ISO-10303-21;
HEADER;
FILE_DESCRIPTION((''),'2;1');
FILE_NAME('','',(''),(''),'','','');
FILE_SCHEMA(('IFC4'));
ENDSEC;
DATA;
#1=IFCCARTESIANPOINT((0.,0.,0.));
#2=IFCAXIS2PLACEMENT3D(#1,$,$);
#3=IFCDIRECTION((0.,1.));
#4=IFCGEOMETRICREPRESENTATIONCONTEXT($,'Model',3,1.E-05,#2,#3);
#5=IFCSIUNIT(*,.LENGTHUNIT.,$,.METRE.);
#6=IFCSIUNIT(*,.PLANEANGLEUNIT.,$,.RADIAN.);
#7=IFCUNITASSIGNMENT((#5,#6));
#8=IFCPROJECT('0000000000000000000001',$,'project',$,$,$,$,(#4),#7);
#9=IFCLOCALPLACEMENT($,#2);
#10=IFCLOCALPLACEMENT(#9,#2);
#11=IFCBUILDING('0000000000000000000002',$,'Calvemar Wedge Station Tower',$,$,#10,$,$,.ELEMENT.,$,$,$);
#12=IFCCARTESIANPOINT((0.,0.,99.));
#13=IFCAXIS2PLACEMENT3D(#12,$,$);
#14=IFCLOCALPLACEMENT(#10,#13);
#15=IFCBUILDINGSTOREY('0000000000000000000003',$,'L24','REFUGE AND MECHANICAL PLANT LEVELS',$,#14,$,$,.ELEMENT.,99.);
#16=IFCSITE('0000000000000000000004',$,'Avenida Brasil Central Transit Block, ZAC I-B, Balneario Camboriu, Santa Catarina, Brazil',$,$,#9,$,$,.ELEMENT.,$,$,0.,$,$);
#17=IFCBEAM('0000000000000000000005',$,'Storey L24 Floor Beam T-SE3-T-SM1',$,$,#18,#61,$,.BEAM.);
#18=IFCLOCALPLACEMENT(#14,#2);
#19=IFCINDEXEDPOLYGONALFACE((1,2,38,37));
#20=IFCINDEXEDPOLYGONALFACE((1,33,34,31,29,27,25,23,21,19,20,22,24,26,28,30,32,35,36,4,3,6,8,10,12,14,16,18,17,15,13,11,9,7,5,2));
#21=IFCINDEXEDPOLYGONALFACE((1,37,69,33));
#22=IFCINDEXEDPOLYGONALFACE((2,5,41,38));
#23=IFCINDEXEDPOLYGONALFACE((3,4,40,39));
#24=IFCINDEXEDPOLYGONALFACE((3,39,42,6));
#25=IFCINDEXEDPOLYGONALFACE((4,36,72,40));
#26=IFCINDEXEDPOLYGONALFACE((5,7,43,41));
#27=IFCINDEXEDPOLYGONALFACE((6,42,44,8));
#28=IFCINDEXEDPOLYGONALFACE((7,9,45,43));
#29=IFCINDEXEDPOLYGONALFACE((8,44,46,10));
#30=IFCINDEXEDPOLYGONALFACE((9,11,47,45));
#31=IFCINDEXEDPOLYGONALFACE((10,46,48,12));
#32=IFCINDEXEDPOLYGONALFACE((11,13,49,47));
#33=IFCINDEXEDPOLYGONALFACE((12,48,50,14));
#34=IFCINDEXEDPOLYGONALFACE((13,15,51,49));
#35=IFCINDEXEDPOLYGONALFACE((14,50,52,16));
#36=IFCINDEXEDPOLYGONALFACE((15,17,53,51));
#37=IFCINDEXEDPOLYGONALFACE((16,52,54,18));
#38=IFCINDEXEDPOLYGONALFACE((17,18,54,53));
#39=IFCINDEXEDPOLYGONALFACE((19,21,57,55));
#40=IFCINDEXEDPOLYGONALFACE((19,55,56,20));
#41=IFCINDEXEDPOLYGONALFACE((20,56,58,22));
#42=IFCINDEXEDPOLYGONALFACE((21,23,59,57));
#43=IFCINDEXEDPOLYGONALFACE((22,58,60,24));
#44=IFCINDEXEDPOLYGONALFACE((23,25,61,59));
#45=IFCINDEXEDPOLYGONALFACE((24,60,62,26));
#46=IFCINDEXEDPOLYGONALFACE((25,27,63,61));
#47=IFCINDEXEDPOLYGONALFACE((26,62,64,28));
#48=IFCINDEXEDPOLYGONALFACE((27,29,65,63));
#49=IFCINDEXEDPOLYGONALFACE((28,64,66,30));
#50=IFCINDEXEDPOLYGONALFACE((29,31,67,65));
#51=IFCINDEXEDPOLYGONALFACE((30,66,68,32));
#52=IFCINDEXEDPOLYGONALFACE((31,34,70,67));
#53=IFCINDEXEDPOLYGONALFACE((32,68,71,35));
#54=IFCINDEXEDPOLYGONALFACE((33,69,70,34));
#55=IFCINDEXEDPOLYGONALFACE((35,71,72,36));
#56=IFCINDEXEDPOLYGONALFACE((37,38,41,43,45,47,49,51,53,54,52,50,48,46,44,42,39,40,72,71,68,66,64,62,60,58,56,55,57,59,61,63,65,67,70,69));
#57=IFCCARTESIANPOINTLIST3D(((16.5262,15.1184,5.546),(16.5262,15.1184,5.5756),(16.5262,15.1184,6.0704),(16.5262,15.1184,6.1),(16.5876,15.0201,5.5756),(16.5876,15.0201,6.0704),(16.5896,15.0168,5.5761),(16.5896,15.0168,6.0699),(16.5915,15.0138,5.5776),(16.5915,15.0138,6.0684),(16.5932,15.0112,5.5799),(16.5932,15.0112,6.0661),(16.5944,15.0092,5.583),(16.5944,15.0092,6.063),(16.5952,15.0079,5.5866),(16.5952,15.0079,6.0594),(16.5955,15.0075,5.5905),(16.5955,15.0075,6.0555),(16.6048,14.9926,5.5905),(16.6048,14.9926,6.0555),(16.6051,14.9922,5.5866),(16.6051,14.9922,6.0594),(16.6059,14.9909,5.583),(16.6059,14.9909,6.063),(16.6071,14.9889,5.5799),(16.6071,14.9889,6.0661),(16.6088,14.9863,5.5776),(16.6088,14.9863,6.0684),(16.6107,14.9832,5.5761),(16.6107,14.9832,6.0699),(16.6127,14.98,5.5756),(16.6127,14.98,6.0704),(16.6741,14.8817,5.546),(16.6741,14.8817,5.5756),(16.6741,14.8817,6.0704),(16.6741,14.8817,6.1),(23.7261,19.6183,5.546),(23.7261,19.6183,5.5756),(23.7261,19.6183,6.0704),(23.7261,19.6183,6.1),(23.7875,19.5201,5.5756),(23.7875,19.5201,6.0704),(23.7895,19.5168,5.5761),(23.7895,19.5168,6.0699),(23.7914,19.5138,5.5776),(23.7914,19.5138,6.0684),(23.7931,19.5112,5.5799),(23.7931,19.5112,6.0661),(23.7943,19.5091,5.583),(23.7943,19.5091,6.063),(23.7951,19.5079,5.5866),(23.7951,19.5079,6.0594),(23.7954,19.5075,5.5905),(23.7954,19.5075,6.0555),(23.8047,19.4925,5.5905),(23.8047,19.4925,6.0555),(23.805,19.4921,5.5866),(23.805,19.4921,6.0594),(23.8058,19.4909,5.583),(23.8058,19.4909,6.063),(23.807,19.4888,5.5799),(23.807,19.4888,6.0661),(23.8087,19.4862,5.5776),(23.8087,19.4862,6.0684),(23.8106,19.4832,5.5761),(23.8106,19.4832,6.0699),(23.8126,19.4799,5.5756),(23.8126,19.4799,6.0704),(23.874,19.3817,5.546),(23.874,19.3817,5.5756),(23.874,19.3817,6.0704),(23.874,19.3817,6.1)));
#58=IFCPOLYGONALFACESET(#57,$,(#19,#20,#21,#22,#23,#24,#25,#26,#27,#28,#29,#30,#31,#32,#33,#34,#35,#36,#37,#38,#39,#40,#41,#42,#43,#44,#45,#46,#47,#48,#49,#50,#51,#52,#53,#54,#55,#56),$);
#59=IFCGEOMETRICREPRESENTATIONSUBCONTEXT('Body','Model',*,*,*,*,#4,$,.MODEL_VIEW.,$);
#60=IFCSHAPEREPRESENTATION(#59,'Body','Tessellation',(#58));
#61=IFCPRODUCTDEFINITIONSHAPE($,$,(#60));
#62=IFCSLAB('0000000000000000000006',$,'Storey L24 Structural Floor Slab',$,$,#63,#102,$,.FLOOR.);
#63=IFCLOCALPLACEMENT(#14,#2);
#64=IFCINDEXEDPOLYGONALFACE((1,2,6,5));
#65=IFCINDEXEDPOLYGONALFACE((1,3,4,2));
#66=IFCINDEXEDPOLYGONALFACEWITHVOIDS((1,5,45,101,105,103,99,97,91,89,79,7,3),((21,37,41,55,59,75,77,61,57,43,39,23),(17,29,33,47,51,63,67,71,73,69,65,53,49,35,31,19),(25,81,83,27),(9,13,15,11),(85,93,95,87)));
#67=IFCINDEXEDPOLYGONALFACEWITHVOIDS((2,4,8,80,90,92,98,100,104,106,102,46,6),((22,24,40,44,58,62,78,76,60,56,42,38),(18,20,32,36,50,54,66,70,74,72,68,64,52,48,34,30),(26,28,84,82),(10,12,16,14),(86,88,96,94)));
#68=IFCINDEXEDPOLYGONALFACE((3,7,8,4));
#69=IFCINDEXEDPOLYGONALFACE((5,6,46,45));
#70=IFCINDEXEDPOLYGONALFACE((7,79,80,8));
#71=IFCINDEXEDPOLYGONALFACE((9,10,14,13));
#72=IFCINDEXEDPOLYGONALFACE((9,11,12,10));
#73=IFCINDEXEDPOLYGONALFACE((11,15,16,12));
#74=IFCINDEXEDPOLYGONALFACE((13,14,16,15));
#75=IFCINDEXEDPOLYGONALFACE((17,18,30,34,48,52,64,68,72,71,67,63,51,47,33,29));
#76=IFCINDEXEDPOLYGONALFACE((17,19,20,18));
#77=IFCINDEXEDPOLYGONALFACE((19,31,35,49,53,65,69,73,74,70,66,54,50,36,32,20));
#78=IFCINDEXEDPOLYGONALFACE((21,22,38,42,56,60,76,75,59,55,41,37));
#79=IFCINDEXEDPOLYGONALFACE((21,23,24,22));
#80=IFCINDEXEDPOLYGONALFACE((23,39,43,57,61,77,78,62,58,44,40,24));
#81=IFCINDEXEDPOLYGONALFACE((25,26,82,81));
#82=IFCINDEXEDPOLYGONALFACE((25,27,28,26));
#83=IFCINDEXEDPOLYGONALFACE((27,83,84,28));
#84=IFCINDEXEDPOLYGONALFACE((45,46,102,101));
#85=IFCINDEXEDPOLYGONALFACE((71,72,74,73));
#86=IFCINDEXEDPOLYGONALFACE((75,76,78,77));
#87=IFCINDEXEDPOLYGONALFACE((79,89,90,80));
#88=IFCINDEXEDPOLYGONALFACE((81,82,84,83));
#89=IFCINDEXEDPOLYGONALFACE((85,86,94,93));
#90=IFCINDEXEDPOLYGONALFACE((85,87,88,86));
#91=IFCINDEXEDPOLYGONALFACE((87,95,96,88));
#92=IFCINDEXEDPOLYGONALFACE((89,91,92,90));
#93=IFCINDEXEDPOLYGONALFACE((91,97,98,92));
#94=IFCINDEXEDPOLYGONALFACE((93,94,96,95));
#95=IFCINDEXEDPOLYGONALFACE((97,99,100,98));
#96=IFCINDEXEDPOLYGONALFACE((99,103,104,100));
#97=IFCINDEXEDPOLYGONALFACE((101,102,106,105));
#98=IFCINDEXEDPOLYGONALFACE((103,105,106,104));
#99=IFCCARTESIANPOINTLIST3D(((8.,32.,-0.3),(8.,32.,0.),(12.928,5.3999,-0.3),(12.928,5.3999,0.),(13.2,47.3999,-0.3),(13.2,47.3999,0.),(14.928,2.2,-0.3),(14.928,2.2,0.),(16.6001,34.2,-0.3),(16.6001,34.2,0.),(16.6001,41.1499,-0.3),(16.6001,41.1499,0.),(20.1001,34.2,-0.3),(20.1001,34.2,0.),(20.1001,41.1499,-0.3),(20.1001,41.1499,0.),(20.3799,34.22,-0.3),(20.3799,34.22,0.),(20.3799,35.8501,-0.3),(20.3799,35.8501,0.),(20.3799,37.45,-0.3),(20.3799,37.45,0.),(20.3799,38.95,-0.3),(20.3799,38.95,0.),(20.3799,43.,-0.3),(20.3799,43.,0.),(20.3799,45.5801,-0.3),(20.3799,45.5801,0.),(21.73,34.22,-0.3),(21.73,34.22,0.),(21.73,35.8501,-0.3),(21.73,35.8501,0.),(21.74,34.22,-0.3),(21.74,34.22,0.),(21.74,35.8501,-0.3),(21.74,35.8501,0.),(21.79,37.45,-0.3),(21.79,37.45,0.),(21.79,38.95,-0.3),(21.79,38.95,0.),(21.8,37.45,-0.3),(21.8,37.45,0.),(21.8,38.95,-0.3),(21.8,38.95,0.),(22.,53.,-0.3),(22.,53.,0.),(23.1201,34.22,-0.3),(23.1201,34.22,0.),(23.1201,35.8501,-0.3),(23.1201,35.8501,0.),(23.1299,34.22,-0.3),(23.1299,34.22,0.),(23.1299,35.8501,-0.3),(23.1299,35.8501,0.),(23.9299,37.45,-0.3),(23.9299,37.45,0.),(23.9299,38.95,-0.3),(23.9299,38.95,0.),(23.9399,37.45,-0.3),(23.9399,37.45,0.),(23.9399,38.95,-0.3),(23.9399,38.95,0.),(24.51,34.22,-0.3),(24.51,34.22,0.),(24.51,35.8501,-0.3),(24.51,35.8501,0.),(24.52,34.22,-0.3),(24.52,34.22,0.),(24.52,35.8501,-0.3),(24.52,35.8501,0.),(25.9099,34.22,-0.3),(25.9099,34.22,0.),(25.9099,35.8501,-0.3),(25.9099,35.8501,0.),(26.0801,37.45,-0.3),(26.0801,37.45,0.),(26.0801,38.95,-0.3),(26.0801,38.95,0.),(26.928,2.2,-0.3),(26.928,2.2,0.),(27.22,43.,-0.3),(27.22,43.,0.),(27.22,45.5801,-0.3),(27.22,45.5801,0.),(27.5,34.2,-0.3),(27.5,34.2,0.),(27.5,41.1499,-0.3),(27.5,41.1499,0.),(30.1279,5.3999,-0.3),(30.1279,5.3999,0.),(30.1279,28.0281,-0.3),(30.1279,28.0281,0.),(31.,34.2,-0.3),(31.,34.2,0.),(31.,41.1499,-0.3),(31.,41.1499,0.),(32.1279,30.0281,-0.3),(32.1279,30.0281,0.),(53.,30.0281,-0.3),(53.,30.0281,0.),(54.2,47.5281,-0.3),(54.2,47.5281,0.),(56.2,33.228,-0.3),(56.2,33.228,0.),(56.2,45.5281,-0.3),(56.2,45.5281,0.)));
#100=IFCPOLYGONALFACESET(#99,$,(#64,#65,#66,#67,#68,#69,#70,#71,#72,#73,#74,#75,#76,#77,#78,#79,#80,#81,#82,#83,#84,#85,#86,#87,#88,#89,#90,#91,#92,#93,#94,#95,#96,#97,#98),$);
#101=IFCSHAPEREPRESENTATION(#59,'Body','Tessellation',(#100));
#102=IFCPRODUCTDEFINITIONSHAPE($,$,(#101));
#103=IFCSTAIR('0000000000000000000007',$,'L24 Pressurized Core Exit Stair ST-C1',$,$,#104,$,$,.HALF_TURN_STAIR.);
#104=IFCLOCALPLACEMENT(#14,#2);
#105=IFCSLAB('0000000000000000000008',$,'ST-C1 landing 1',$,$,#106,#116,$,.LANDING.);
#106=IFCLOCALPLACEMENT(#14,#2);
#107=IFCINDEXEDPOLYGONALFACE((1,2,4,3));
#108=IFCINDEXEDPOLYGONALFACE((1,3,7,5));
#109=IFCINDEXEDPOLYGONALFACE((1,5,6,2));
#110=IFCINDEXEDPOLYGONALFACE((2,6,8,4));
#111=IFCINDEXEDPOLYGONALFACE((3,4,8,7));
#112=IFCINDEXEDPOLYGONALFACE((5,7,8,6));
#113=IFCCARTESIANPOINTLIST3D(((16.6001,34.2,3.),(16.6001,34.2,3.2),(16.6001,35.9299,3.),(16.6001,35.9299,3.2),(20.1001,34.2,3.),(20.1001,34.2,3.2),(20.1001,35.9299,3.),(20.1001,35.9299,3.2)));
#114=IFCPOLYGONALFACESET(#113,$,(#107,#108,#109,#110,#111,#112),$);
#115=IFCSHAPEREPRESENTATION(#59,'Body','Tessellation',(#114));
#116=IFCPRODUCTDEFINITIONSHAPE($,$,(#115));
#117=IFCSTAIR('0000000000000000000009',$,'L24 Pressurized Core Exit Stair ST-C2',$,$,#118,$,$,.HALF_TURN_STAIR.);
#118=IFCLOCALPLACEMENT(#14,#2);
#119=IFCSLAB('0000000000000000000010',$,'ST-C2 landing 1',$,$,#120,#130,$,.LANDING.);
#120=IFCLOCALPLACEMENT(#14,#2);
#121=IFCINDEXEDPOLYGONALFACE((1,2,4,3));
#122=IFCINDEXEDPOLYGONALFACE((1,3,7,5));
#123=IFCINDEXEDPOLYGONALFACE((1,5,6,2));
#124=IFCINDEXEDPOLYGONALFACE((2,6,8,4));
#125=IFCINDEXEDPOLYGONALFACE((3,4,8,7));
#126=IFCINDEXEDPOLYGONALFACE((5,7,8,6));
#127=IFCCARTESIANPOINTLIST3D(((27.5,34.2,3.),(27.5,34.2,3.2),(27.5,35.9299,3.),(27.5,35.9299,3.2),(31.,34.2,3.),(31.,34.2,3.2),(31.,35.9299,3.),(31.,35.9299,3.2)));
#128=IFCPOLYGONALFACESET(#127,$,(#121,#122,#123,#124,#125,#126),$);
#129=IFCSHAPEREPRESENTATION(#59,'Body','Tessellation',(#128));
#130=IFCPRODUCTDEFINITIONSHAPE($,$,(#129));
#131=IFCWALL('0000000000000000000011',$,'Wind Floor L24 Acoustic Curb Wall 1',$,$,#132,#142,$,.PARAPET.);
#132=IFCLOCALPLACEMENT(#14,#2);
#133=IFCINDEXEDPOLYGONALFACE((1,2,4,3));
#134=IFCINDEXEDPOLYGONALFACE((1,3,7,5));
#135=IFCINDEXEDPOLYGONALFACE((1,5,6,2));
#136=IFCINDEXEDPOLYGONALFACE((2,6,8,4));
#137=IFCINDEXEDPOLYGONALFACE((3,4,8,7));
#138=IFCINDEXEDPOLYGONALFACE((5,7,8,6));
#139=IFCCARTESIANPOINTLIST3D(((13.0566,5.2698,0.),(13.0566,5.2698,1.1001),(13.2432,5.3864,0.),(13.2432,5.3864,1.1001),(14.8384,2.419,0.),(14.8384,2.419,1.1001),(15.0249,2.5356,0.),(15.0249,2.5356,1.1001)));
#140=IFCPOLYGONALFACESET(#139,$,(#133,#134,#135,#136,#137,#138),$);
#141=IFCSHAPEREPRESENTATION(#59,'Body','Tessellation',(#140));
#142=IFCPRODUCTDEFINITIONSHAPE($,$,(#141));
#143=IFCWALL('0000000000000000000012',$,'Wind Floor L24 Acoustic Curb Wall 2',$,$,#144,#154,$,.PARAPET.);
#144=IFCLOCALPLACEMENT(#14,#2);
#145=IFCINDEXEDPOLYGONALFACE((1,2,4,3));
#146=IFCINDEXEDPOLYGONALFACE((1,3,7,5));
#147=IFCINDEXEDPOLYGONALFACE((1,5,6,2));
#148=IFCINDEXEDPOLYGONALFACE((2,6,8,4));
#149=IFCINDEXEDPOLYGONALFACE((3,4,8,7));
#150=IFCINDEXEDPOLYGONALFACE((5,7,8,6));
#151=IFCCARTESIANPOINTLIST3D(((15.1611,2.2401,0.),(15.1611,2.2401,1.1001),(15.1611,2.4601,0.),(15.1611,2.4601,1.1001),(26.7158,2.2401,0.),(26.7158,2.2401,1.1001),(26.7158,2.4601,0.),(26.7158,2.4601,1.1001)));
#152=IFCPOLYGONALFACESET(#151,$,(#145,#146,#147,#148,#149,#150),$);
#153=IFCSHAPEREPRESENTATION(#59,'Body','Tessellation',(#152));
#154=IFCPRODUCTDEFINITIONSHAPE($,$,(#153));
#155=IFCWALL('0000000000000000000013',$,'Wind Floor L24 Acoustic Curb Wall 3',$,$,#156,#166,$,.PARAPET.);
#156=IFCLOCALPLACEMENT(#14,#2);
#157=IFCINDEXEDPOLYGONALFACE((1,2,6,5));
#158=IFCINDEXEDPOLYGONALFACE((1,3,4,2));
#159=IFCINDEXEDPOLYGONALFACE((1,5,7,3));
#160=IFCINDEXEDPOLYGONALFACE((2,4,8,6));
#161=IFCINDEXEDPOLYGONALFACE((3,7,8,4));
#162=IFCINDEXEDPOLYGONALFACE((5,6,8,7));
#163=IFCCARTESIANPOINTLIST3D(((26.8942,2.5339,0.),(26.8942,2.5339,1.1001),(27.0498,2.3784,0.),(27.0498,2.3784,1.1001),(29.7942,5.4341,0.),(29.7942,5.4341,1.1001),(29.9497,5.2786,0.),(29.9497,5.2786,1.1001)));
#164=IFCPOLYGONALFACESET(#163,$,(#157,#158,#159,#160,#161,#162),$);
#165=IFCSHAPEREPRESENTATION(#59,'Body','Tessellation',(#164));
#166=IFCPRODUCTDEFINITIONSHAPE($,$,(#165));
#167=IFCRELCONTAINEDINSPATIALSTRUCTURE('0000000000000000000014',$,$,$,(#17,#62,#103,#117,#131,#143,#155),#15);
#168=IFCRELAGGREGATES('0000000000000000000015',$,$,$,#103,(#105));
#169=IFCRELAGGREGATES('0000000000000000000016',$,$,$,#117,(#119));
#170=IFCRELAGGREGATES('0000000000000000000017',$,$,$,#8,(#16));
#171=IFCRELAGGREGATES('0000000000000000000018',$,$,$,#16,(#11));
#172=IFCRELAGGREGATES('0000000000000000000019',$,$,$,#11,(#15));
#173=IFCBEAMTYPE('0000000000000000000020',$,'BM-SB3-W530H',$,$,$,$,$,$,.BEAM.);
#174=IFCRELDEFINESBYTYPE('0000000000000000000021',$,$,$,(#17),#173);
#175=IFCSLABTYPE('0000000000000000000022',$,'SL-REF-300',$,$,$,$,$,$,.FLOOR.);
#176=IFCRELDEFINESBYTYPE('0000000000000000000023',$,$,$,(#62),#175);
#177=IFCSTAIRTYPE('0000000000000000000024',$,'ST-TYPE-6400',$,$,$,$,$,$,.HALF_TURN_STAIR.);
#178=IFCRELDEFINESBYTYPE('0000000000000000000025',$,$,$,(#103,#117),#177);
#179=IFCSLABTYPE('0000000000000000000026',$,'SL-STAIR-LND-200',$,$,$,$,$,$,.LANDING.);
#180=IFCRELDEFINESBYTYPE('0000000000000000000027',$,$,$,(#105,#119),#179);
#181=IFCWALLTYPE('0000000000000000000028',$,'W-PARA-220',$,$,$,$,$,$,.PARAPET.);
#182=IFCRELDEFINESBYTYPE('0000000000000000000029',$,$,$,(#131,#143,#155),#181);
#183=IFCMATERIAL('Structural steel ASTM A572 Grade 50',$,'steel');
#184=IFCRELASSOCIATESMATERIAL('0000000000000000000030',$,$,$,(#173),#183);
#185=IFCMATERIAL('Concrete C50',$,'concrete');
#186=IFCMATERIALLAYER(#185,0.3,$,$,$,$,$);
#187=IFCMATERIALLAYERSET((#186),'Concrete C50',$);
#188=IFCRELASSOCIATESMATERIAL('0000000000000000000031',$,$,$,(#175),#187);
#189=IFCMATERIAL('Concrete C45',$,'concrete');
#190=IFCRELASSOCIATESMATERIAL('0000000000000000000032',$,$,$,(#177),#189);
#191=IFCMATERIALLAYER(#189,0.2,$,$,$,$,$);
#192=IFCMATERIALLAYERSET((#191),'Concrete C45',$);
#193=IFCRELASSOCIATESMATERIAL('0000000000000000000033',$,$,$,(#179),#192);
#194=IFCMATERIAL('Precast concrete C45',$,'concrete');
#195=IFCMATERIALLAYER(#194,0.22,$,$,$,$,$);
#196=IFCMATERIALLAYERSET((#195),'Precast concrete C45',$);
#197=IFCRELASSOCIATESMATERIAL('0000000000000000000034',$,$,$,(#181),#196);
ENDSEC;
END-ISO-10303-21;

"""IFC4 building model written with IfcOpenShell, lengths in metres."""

from ifc_helpers import new_model, si_unit, direction, frame, frame_2d, origin, origin_2d, place, context, subcontext, project, spatial, polyline, rectangle, i_section, outline, extrude, source, transform, mapped, material, layer, layer_set, material_profile, profile_set, type_object, element, aggregate, save


model = new_model("IFC4")

# Units and contexts
model_context = context("Model", 3, precision=1e-05, world=origin(), true_north=direction((0.0, 1.0)))
body_context = subcontext(model_context, "Body", "Model", "MODEL_VIEW")
ifc_project = project(units=[si_unit("LENGTHUNIT", "METRE"), si_unit("PLANEANGLEUNIT", "RADIAN")], contexts=[model_context])

# Site, building, storey
site_placement = place(None, origin())
site = spatial("IfcSite", under=ifc_project, at=site_placement, Name="Avenida Brasil Central Transit Block, ZAC I-B, Balneario Camboriu, Santa Catarina, Brazil", CompositionType="ELEMENT", RefElevation=0.0)
building_placement = place(site_placement, origin())
building = spatial("IfcBuilding", under=site, at=building_placement, Name="Calvemar Wedge Station Tower", CompositionType="ELEMENT")
storey_placement = place(building_placement, frame((0.0, 0.0, 99.0)))
storey = spatial("IfcBuildingStorey", under=building, at=storey_placement, Name="L24", Description="REFUGE AND MECHANICAL PLANT LEVELS", CompositionType="ELEMENT", Elevation=99.0)

# Beam
ifc_material_1 = material(Name="Structural steel ASTM A572 Grade 50", Category="steel")
ifc_material_profile_1 = material_profile(ifc_material_1, i_section(OverallWidth=0.2791, OverallDepth=0.554, WebThickness=0.0176, FlangeThickness=0.0295, FilletRadius=0.0149, at=origin_2d()), Name="W530x196")
ifc_profile_set_1 = profile_set([ifc_material_profile_1], Name="Structural steel ASTM A572 Grade 50")
beam_type_1 = type_object("IfcBeamType", Name="BM-SB3-W530H", PredefinedType="BEAM", material=ifc_profile_set_1)
shared_shape_1 = source(origin(), body_context, "Body", "SweptSolid", [
    extrude(i_section(OverallWidth=0.2791, OverallDepth=0.554, WebThickness=0.0176, FlangeThickness=0.0295, FilletRadius=0.0149, at=origin_2d()), origin(), (0.0, 0.0, 1.0), 8.4905),
])
beam_1_placement = place(storey_placement, frame((23.8, 19.5, 5.823), z_axis=(-0.847997, -0.530002, 0.0), x_axis=(0.530002, -0.847997, 0.0)))
element("IfcBeam", 1, at=beam_1_placement, inside=storey, type_object=beam_type_1, Name="Storey L24 Floor Beam T-SE3-T-SM1", PredefinedType="BEAM", context=body_context, shape_type="MappedRepresentation", body=[
    mapped(shared_shape_1, transform((0.0, 0.0, 0.0), scale=1.0)),
])

# Slab
ifc_material_2 = material(Name="Concrete C50", Category="concrete")
ifc_layer_1 = layer(ifc_material_2, 0.3)
ifc_layer_set_1 = layer_set([ifc_layer_1], Name="Concrete C50")
slab_type_1 = type_object("IfcSlabType", Name="SL-REF-300", PredefinedType="FLOOR", material=ifc_layer_set_1)
slab_1_placement = place(storey_placement, frame((0.0, 0.0, -0.3)))
element("IfcSlab", 2, at=slab_1_placement, inside=storey, type_object=slab_type_1, Name="Storey L24 Structural Floor Slab", PredefinedType="FLOOR", context=body_context, shape_type="SweptSolid", body=[
    extrude(outline(polyline([(8.0, 32.0), (12.928, 5.3999), (14.928, 2.2), (26.928, 2.2), (30.1279, 5.3999), (30.1279, 28.0281), (32.1279, 30.0281), (53.0, 30.0281), (56.2, 33.228), (56.2, 45.5281), (54.2, 47.5281), (22.0, 53.0), (13.2, 47.3999), (8.0, 32.0)]), holes=[polyline([(21.74, 35.8501), (21.73, 35.8501), (20.3799, 35.8501), (20.3799, 34.22), (21.73, 34.22), (21.74, 34.22), (23.1201, 34.22), (23.1299, 34.22), (24.51, 34.22), (24.52, 34.22), (25.9099, 34.22), (25.9099, 35.8501), (24.52, 35.8501), (24.51, 35.8501), (23.1299, 35.8501), (23.1201, 35.8501), (21.74, 35.8501)]), polyline([(16.6001, 41.1499), (16.6001, 34.2), (20.1001, 34.2), (20.1001, 41.1499), (16.6001, 41.1499)]), polyline([(27.5, 34.2), (31.0, 34.2), (31.0, 41.1499), (27.5, 41.1499), (27.5, 34.2)]), polyline([(21.79, 37.45), (21.8, 37.45), (23.9299, 37.45), (23.9399, 37.45), (26.0801, 37.45), (26.0801, 38.95), (23.9399, 38.95), (23.9299, 38.95), (21.8, 38.95), (21.79, 38.95), (20.3799, 38.95), (20.3799, 37.45), (21.79, 37.45)]), polyline([(20.3799, 43.0), (27.22, 43.0), (27.22, 45.5801), (20.3799, 45.5801), (20.3799, 43.0)])]), origin(), (0.0, 0.0, 1.0), 0.3),
])

# Stairs, slabs
ifc_material_3 = material(Name="Concrete C45", Category="concrete")
stair_type = type_object("IfcStairType", Name="ST-TYPE-6400", PredefinedType="HALF_TURN_STAIR", material=ifc_material_3)
stair_1_placement = place(storey_placement, origin())
stair_1 = element("IfcStair", 3, at=stair_1_placement, inside=storey, type_object=stair_type, Name="L24 Pressurized Core Exit Stair ST-C1", PredefinedType="HALF_TURN_STAIR")
ifc_layer_2 = layer(ifc_material_3, 0.2)
ifc_layer_set_2 = layer_set([ifc_layer_2], Name="Concrete C45")
slab_type_2 = type_object("IfcSlabType", Name="SL-STAIR-LND-200", PredefinedType="LANDING", material=ifc_layer_set_2)
slab_2_placement = place(storey_placement, frame((0.0, 0.0, 3.0)))
slab_2 = element("IfcSlab", 4, at=slab_2_placement, type_object=slab_type_2, Name="ST-C1 landing 1", PredefinedType="LANDING", context=body_context, shape_type="SweptSolid", body=[
    extrude(outline(polyline([(16.6001, 35.9299), (16.6001, 34.2), (20.1001, 34.2), (20.1001, 35.9299), (16.6001, 35.9299)])), origin(), (0.0, 0.0, 1.0), 0.2),
])
aggregate(stair_1, [slab_2])
stair_2_placement = place(storey_placement, origin())
stair_2 = element("IfcStair", 5, at=stair_2_placement, inside=storey, type_object=stair_type, Name="L24 Pressurized Core Exit Stair ST-C2", PredefinedType="HALF_TURN_STAIR")
slab_3_placement = place(storey_placement, frame((0.0, 0.0, 3.0)))
slab_3 = element("IfcSlab", 6, at=slab_3_placement, type_object=slab_type_2, Name="ST-C2 landing 1", PredefinedType="LANDING", context=body_context, shape_type="SweptSolid", body=[
    extrude(outline(polyline([(27.5, 35.9299), (27.5, 34.2), (31.0, 34.2), (31.0, 35.9299), (27.5, 35.9299)])), origin(), (0.0, 0.0, 1.0), 0.2),
])
aggregate(stair_2, [slab_3])

# Walls
ifc_material_4 = material(Name="Precast concrete C45", Category="concrete")
ifc_layer_3 = layer(ifc_material_4, 0.22)
ifc_layer_set_3 = layer_set([ifc_layer_3], Name="Precast concrete C45")
wall_type = type_object("IfcWallType", Name="W-PARA-220", PredefinedType="PARAPET", material=ifc_layer_set_3)
wall_1_placement = place(storey_placement, frame((13.1499, 5.3281, 0.0), z_axis=(0.0, 0.0, 1.0), x_axis=(0.529992, -0.848002, 0.0)))
element("IfcWall", 7, at=wall_1_placement, inside=storey, type_object=wall_type, Name="Wind Floor L24 Acoustic Curb Wall 1", PredefinedType="PARAPET", context=body_context, shape_type="SweptSolid", body=[
    extrude(rectangle(XDim=3.3618, YDim=0.22, at=frame_2d((1.6809, 0.0))), origin(), (0.0, 0.0, 1.0), 1.1001),
])
wall_2_placement = place(storey_placement, frame((15.1611, 2.3501, 0.0), z_axis=(0.0, 0.0, 1.0), x_axis=(1.0, 0.0, 0.0)))
element("IfcWall", 8, at=wall_2_placement, inside=storey, type_object=wall_type, Name="Wind Floor L24 Acoustic Curb Wall 2", PredefinedType="PARAPET", context=body_context, shape_type="SweptSolid", body=[
    extrude(rectangle(XDim=11.5547, YDim=0.22, at=frame_2d((5.7773, 0.0))), origin(), (0.0, 0.0, 1.0), 1.1001),
])
wall_3_placement = place(storey_placement, frame((26.9719, 2.4561, 0.0), z_axis=(0.0, 0.0, 1.0), x_axis=(0.707077, 0.707137, 0.0)))
element("IfcWall", 9, at=wall_3_placement, inside=storey, type_object=wall_type, Name="Wind Floor L24 Acoustic Curb Wall 3", PredefinedType="PARAPET", context=body_context, shape_type="SweptSolid", body=[
    extrude(rectangle(XDim=4.1013, YDim=0.22, at=frame_2d((2.0508, 0.0))), origin(), (0.0, 0.0, 1.0), 1.1001),
])

save(model, "model.ifc")
